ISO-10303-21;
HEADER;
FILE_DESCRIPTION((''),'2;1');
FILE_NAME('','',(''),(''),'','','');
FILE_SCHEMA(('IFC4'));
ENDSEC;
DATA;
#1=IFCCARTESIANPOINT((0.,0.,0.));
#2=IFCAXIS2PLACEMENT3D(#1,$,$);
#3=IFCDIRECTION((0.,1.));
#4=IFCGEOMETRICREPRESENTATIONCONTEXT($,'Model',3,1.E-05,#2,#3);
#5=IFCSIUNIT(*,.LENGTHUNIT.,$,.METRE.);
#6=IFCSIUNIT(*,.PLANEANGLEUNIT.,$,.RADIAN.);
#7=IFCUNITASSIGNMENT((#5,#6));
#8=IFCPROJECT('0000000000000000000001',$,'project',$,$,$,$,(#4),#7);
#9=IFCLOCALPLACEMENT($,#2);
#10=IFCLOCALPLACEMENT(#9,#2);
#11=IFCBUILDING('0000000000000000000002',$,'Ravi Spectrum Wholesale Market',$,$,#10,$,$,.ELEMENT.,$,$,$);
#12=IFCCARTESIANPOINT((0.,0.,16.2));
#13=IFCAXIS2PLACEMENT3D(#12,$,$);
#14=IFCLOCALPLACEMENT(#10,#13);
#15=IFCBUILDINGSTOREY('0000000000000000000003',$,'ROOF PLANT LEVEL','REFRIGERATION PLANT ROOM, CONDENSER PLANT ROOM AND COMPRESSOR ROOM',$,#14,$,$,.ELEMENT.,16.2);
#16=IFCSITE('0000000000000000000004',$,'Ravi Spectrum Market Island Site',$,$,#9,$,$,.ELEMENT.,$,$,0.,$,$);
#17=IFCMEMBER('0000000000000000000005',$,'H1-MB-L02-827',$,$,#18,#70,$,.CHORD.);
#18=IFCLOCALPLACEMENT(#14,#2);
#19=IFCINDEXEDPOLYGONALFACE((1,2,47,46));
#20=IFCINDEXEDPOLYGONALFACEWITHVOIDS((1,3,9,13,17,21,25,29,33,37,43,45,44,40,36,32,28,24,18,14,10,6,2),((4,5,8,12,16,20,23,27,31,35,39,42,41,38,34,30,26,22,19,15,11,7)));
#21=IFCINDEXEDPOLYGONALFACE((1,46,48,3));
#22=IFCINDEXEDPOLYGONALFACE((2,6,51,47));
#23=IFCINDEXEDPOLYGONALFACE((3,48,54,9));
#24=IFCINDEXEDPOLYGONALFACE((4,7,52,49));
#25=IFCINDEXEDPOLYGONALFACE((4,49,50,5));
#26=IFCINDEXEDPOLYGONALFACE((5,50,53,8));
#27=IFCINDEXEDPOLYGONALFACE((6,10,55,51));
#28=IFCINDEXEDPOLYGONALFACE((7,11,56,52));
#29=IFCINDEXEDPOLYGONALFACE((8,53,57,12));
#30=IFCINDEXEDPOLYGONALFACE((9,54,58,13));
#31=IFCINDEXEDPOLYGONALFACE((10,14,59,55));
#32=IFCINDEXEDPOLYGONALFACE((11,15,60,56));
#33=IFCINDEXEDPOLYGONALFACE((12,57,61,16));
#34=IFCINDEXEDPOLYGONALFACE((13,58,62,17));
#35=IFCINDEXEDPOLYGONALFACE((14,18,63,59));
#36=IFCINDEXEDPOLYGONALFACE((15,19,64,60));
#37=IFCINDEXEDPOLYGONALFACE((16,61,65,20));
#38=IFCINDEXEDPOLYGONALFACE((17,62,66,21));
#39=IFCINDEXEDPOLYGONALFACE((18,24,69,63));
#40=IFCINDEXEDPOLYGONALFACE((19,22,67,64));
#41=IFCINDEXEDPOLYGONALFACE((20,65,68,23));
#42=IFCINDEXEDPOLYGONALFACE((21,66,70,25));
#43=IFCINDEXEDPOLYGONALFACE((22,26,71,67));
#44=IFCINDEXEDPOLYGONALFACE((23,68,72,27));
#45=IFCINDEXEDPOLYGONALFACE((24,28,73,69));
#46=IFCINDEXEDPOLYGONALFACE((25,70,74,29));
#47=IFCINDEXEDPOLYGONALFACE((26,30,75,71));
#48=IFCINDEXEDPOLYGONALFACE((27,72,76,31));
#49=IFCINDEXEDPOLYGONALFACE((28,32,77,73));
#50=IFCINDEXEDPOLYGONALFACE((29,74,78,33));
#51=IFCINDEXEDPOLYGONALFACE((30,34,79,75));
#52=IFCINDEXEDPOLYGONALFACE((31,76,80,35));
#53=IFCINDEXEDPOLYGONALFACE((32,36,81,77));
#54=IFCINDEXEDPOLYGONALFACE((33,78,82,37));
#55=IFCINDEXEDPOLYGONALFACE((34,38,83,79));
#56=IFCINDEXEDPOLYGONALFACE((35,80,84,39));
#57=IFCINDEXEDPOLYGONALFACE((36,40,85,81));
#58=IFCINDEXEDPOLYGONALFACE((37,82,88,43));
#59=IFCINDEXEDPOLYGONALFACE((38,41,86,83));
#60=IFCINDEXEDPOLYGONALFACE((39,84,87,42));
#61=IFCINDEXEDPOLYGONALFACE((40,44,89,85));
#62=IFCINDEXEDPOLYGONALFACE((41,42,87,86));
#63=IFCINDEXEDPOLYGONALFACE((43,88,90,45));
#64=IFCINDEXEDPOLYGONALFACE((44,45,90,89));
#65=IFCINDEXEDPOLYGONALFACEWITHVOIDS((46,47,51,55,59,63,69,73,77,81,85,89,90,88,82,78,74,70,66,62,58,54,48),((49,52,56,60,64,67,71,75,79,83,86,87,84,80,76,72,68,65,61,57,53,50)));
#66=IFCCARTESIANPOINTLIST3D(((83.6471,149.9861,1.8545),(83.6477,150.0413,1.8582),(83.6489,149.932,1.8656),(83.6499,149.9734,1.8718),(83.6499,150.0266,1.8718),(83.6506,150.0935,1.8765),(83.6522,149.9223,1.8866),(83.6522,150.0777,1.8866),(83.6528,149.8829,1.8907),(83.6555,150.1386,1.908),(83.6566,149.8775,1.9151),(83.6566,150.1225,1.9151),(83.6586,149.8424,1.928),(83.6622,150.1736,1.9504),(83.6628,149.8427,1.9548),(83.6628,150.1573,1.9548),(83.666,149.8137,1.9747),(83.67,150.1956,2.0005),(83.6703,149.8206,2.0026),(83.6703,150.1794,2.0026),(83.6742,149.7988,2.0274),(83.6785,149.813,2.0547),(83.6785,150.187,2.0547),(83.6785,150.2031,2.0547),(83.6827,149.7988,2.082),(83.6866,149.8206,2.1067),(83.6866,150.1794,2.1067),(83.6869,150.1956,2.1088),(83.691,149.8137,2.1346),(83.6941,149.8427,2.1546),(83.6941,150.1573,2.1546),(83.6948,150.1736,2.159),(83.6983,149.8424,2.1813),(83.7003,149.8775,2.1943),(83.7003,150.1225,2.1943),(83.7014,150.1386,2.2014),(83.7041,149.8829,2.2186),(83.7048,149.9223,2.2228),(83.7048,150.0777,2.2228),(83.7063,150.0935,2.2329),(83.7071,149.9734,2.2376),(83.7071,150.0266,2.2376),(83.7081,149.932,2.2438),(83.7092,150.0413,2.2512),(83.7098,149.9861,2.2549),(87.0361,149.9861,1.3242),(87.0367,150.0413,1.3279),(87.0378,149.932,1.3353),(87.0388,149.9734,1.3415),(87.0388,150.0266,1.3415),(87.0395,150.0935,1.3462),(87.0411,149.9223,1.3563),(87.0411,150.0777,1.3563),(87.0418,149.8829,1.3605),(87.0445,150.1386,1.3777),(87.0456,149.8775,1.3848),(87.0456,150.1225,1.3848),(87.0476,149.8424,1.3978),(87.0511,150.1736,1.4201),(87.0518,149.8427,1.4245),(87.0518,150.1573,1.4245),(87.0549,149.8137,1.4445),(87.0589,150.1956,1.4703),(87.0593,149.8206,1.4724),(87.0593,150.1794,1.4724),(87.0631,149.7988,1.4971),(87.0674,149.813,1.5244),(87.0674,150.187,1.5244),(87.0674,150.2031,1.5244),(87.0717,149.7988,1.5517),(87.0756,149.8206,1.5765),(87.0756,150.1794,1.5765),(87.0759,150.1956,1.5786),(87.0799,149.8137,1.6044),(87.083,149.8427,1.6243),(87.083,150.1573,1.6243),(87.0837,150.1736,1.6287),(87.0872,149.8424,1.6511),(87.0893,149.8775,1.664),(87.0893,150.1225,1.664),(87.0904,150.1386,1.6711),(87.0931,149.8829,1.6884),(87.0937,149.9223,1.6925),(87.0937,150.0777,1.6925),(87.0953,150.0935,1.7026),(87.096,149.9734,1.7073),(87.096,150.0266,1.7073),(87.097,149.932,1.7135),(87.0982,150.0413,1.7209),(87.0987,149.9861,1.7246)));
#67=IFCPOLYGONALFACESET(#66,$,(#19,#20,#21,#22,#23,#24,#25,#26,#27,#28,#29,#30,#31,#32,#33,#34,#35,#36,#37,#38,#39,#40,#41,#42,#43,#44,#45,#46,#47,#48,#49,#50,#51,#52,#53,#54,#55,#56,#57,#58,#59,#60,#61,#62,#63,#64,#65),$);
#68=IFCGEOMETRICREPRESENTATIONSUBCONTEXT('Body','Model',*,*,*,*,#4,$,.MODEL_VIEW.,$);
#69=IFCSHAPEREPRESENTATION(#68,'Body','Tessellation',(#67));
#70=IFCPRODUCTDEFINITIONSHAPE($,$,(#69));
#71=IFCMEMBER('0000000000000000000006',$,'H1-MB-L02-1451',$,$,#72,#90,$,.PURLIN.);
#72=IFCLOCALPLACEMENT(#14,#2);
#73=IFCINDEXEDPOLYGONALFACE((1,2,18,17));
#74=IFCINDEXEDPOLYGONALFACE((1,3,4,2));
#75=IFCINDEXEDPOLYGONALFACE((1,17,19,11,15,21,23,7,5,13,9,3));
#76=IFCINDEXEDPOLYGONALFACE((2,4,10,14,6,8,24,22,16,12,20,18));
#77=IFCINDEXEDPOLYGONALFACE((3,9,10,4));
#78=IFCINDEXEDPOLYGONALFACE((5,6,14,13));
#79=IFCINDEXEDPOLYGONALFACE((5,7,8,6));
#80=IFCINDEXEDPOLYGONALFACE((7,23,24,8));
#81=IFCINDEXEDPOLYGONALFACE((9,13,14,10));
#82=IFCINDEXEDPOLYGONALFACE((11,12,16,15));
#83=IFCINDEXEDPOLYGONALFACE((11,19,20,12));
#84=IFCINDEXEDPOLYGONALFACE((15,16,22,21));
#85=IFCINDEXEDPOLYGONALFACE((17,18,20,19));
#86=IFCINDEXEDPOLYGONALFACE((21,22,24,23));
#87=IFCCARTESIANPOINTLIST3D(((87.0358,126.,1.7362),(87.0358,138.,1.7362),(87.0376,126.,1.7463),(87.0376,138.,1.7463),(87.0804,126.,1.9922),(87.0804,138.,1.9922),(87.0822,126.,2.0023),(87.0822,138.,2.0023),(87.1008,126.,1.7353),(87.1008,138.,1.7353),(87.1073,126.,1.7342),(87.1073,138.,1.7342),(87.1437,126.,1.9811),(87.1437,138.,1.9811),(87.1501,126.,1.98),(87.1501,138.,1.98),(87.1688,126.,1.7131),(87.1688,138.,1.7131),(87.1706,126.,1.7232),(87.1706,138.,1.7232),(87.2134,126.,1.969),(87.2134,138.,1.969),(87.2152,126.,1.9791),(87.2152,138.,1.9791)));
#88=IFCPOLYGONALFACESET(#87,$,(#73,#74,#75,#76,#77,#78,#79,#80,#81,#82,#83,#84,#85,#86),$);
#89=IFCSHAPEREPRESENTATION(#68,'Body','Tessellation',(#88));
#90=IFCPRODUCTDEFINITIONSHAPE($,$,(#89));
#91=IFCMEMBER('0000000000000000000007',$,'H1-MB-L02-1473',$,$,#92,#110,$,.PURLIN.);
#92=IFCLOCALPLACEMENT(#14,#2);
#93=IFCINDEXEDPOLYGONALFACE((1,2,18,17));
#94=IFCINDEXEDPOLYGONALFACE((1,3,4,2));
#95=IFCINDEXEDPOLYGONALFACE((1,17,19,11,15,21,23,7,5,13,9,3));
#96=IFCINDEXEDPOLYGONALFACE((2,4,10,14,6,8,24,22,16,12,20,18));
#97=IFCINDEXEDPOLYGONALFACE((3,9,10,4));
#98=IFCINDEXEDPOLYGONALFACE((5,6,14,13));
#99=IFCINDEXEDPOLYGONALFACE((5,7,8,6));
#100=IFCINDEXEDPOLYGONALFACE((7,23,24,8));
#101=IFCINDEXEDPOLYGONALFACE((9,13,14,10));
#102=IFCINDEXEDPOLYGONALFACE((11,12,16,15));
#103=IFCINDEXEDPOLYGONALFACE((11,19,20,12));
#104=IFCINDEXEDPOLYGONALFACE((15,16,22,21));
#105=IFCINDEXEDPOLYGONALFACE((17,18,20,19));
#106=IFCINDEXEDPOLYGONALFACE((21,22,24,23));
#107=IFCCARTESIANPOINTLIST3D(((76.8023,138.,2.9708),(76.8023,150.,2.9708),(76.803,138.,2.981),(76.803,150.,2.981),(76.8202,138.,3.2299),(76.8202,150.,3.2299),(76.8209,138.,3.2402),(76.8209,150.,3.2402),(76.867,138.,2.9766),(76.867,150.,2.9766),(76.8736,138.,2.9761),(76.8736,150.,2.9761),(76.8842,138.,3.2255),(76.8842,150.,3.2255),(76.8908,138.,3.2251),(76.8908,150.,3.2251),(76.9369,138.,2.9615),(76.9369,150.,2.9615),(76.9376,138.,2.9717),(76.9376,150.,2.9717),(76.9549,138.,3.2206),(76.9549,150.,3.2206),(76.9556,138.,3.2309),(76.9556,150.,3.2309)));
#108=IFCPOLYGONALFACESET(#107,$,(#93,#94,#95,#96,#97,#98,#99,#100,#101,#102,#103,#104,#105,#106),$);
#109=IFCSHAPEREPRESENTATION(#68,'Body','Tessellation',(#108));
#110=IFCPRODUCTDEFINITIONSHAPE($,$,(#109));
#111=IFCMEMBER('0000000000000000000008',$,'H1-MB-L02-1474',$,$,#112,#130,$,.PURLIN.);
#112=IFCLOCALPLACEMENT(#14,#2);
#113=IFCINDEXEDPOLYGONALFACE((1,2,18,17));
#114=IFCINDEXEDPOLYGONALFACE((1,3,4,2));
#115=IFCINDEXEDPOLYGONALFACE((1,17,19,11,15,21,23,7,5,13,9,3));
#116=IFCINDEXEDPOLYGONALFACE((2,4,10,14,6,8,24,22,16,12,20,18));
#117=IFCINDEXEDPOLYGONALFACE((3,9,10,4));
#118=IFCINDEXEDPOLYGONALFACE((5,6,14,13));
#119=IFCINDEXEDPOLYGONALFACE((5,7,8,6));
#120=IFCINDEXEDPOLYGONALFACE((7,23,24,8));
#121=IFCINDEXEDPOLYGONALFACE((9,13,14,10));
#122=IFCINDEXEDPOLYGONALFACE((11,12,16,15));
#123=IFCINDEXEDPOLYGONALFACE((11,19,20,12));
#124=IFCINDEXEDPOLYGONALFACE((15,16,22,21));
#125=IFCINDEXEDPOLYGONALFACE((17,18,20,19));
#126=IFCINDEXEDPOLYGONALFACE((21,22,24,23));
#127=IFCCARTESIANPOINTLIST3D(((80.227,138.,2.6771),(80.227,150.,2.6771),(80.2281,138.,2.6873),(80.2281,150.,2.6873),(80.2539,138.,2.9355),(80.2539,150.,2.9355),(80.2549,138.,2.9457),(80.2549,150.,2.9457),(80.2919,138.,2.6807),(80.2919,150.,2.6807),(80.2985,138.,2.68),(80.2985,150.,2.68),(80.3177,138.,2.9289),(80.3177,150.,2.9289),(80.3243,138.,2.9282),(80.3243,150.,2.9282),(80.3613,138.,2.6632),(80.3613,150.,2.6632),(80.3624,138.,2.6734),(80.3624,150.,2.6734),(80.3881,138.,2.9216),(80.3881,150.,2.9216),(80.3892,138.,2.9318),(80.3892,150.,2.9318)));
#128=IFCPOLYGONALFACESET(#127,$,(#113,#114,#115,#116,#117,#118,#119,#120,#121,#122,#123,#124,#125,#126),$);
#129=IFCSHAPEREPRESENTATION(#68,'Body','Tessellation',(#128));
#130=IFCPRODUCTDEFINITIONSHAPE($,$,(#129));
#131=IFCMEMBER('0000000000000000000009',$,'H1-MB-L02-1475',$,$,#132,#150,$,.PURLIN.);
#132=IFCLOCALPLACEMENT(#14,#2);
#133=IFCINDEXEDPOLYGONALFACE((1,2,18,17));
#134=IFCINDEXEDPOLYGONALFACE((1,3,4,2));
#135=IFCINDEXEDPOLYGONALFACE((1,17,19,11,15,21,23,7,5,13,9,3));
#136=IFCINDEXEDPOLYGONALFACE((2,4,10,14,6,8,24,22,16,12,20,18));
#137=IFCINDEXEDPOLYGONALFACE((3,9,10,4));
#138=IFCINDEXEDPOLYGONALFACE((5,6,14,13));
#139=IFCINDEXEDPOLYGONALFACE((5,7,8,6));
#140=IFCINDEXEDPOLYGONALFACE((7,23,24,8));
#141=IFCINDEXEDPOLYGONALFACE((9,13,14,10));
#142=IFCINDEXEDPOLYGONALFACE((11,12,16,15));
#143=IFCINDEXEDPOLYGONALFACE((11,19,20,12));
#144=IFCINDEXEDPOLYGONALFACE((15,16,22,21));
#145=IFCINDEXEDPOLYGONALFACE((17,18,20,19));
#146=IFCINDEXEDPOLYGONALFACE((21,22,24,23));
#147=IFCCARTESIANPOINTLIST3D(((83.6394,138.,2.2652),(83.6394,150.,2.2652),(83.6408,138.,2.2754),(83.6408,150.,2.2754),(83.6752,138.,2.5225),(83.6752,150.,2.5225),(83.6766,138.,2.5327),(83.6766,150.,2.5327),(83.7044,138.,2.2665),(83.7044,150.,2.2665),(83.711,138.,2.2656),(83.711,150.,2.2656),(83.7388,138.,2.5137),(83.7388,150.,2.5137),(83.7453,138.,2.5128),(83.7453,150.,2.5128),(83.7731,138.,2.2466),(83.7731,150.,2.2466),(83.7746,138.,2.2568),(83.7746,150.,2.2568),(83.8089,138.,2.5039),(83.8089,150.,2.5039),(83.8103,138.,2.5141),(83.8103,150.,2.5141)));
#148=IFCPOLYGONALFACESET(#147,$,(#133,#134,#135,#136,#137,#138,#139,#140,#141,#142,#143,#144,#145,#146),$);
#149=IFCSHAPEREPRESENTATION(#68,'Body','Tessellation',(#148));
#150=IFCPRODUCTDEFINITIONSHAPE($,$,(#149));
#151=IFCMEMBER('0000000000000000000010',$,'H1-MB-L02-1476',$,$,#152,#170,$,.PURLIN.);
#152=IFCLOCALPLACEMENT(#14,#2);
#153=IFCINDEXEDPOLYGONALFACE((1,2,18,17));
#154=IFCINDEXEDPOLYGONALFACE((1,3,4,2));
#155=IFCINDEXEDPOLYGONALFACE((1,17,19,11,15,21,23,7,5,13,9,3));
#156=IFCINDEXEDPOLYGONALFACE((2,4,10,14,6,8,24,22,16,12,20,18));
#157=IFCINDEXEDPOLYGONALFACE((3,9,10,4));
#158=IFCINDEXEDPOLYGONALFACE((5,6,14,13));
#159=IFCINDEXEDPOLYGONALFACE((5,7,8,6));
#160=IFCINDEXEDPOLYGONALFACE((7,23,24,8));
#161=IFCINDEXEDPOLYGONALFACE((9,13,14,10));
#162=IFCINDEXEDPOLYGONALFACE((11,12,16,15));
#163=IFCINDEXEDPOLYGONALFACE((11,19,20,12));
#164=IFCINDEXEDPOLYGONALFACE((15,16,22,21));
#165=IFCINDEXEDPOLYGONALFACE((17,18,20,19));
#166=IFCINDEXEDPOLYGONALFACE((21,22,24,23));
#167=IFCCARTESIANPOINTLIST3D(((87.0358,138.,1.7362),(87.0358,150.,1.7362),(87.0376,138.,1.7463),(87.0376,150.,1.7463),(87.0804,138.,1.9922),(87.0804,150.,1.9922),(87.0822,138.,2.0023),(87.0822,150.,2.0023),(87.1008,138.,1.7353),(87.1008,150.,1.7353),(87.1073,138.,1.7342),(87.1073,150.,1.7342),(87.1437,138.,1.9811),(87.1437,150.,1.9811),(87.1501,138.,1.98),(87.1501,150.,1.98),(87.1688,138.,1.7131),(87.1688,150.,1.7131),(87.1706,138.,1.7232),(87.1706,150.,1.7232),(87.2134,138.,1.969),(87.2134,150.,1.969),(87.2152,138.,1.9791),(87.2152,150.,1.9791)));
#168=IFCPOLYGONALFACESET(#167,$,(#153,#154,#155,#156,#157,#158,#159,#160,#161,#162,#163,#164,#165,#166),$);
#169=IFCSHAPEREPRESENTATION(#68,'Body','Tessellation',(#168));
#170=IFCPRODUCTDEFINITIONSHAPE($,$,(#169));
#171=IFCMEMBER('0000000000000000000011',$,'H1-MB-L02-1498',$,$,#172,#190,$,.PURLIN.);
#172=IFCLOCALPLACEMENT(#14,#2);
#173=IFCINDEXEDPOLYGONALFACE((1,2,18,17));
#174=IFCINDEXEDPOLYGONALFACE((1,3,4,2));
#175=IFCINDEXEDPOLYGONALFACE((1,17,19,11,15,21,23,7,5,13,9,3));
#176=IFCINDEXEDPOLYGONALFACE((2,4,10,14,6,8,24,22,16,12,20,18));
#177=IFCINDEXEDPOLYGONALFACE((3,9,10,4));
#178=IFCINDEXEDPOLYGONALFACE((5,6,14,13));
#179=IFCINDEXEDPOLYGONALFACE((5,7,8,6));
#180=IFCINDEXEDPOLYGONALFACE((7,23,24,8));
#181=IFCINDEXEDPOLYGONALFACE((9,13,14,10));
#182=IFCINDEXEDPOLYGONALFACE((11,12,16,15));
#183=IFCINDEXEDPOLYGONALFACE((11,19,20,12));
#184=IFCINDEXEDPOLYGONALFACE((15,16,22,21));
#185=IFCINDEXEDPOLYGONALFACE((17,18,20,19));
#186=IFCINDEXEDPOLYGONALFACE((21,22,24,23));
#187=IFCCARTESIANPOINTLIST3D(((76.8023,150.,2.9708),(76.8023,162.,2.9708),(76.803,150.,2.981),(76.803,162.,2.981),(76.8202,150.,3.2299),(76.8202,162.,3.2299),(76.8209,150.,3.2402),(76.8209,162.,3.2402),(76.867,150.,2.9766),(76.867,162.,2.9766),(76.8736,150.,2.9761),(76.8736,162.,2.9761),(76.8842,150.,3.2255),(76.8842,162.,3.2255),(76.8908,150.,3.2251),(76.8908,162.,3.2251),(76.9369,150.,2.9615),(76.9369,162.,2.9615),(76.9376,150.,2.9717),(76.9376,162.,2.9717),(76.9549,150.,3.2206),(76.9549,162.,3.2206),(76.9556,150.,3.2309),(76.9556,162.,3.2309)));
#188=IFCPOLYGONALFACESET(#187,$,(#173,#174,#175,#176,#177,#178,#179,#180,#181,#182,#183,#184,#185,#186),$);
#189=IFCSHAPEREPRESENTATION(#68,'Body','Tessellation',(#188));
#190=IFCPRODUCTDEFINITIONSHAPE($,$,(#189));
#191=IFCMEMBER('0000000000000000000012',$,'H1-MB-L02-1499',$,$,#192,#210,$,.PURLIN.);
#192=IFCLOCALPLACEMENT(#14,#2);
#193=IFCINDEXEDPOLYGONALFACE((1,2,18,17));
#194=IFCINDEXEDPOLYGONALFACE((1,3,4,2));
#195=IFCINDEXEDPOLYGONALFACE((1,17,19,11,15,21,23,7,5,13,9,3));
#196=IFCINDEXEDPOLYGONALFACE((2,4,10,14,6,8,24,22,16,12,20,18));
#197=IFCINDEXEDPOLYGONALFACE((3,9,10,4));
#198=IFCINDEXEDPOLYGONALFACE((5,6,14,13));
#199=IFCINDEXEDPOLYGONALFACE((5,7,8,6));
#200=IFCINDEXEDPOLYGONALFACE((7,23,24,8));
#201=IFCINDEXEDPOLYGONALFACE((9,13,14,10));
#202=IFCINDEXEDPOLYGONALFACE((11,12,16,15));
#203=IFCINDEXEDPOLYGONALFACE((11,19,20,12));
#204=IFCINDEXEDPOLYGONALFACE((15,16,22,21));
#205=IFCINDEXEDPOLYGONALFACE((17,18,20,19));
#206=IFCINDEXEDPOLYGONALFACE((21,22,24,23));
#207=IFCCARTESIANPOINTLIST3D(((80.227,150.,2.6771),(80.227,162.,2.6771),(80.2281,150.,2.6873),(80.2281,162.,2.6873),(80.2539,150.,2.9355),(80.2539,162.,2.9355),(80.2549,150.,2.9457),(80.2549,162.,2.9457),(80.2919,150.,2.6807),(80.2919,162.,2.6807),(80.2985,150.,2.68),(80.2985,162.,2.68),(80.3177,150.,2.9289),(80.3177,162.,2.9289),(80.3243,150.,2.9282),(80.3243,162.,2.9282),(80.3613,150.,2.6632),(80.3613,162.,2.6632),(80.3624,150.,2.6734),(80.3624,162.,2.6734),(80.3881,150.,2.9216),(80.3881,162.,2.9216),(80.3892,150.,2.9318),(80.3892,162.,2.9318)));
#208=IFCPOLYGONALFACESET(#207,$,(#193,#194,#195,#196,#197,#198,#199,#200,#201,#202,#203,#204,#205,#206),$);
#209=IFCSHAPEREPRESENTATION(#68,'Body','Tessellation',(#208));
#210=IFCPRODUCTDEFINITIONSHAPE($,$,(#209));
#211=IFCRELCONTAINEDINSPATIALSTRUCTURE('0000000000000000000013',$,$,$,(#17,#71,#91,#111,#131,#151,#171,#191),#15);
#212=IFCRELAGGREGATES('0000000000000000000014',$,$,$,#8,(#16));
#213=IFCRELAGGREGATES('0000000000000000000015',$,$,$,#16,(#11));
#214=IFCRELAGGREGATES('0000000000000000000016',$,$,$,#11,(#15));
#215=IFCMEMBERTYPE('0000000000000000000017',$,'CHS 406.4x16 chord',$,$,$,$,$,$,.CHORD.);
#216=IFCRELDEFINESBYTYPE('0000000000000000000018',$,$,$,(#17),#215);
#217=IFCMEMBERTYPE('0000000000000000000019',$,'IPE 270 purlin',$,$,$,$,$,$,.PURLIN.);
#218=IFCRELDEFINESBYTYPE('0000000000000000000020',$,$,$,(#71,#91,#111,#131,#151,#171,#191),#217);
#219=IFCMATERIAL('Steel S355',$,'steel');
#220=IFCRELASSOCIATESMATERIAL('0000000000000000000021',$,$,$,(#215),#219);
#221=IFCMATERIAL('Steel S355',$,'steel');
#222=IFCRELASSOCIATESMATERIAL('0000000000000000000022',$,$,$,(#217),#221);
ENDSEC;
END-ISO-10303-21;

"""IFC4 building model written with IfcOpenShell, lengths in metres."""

from ifc_helpers import new_model, si_unit, direction, frame, origin, origin_2d, place, context, subcontext, project, spatial, hollow_circle, i_section, extrude, material, material_profile, profile_set, type_object, element, save


model = new_model("IFC4")

# Units and contexts
model_context = context("Model", 3, precision=1e-05, world=origin(), true_north=direction((0.0, 1.0)))
body_context = subcontext(model_context, "Body", "Model", "MODEL_VIEW")
ifc_project = project(units=[si_unit("LENGTHUNIT", "METRE"), si_unit("PLANEANGLEUNIT", "RADIAN")], contexts=[model_context])

# Site, building, storey
site_placement = place(None, origin())
site = spatial("IfcSite", under=ifc_project, at=site_placement, Name="Ravi Spectrum Market Island Site", CompositionType="ELEMENT", RefElevation=0.0)
building_placement = place(site_placement, origin())
building = spatial("IfcBuilding", under=site, at=building_placement, Name="Ravi Spectrum Wholesale Market", CompositionType="ELEMENT")
storey_placement = place(building_placement, frame((0.0, 0.0, 16.2)))
storey = spatial("IfcBuildingStorey", under=building, at=storey_placement, Name="ROOF PLANT LEVEL", Description="REFRIGERATION PLANT ROOM, CONDENSER PLANT ROOM AND COMPRESSOR ROOM", CompositionType="ELEMENT", Elevation=16.2)

# Members
ifc_material_1 = material(Name="Steel S355", Category="steel")
ifc_material_profile_1 = material_profile(ifc_material_1, hollow_circle(Radius=0.2031, WallThickness=0.0161, at=origin_2d()))
ifc_profile_set_1 = profile_set([ifc_material_profile_1], Name="Steel S355")
member_type_1 = type_object("IfcMemberType", Name="CHS 406.4x16 chord", PredefinedType="CHORD", material=ifc_profile_set_1)
for number, where, z_axis, x_axis, name in (
    (1, (83.6785, 150.0, 2.0547), (0.987978, 0.0, -0.154592), (0.0, 1.0, 0.0), "H1-MB-L02-827"),
):
    element("IfcMember", number, at=place(storey_placement, frame(where, z_axis=z_axis, x_axis=x_axis)), inside=storey, type_object=member_type_1, Name=name, PredefinedType="CHORD", context=body_context, shape_type="SweptSolid", body=[
        extrude(hollow_circle(Radius=0.2031, WallThickness=0.0161, at=origin_2d()), origin(), (0.0, 0.0, 1.0), 3.4302),
    ])
ifc_material_2 = material(Name="Steel S355", Category="steel")
ifc_material_profile_2 = material_profile(ifc_material_2, i_section(OverallWidth=0.135, OverallDepth=0.27, WebThickness=0.0066, FlangeThickness=0.0103, at=origin_2d()))
ifc_profile_set_2 = profile_set([ifc_material_profile_2], Name="Steel S355")
member_type_2 = type_object("IfcMemberType", Name="IPE 270 purlin", PredefinedType="PURLIN", material=ifc_profile_set_2)
for number, where, z_axis, x_axis, name in (
    (2, (87.1255, 126.0, 1.8577), (0.0, 1.0, 0.0), (-0.98516, 0.0, 0.171639), "H1-MB-L02-1451"),
    (3, (76.8789, 138.0, 3.1008), (0.0, 1.0, 0.0), (-0.997621, 0.0, 0.068943), "H1-MB-L02-1473"),
    (4, (80.3081, 138.0, 2.8044), (0.0, 1.0, 0.0), (-0.994649, 0.0, 0.103311), "H1-MB-L02-1474"),
    (5, (83.7249, 138.0, 2.3896), (0.0, 1.0, 0.0), (-0.990494, 0.0, 0.137557), "H1-MB-L02-1475"),
    (6, (87.1255, 138.0, 1.8577), (0.0, 1.0, 0.0), (-0.98516, 0.0, 0.171639), "H1-MB-L02-1476"),
    (7, (76.8789, 150.0, 3.1008), (0.0, 1.0, 0.0), (-0.997621, 0.0, 0.068943), "H1-MB-L02-1498"),
    (8, (80.3081, 150.0, 2.8044), (0.0, 1.0, 0.0), (-0.994649, 0.0, 0.103311), "H1-MB-L02-1499"),
):
    element("IfcMember", number, at=place(storey_placement, frame(where, z_axis=z_axis, x_axis=x_axis)), inside=storey, type_object=member_type_2, Name=name, PredefinedType="PURLIN", context=body_context, shape_type="SweptSolid", body=[
        extrude(i_section(OverallWidth=0.135, OverallDepth=0.27, WebThickness=0.0066, FlangeThickness=0.0103, at=origin_2d()), origin(), (0.0, 0.0, 1.0), 12.0),
    ])

save(model, "model.ifc")
